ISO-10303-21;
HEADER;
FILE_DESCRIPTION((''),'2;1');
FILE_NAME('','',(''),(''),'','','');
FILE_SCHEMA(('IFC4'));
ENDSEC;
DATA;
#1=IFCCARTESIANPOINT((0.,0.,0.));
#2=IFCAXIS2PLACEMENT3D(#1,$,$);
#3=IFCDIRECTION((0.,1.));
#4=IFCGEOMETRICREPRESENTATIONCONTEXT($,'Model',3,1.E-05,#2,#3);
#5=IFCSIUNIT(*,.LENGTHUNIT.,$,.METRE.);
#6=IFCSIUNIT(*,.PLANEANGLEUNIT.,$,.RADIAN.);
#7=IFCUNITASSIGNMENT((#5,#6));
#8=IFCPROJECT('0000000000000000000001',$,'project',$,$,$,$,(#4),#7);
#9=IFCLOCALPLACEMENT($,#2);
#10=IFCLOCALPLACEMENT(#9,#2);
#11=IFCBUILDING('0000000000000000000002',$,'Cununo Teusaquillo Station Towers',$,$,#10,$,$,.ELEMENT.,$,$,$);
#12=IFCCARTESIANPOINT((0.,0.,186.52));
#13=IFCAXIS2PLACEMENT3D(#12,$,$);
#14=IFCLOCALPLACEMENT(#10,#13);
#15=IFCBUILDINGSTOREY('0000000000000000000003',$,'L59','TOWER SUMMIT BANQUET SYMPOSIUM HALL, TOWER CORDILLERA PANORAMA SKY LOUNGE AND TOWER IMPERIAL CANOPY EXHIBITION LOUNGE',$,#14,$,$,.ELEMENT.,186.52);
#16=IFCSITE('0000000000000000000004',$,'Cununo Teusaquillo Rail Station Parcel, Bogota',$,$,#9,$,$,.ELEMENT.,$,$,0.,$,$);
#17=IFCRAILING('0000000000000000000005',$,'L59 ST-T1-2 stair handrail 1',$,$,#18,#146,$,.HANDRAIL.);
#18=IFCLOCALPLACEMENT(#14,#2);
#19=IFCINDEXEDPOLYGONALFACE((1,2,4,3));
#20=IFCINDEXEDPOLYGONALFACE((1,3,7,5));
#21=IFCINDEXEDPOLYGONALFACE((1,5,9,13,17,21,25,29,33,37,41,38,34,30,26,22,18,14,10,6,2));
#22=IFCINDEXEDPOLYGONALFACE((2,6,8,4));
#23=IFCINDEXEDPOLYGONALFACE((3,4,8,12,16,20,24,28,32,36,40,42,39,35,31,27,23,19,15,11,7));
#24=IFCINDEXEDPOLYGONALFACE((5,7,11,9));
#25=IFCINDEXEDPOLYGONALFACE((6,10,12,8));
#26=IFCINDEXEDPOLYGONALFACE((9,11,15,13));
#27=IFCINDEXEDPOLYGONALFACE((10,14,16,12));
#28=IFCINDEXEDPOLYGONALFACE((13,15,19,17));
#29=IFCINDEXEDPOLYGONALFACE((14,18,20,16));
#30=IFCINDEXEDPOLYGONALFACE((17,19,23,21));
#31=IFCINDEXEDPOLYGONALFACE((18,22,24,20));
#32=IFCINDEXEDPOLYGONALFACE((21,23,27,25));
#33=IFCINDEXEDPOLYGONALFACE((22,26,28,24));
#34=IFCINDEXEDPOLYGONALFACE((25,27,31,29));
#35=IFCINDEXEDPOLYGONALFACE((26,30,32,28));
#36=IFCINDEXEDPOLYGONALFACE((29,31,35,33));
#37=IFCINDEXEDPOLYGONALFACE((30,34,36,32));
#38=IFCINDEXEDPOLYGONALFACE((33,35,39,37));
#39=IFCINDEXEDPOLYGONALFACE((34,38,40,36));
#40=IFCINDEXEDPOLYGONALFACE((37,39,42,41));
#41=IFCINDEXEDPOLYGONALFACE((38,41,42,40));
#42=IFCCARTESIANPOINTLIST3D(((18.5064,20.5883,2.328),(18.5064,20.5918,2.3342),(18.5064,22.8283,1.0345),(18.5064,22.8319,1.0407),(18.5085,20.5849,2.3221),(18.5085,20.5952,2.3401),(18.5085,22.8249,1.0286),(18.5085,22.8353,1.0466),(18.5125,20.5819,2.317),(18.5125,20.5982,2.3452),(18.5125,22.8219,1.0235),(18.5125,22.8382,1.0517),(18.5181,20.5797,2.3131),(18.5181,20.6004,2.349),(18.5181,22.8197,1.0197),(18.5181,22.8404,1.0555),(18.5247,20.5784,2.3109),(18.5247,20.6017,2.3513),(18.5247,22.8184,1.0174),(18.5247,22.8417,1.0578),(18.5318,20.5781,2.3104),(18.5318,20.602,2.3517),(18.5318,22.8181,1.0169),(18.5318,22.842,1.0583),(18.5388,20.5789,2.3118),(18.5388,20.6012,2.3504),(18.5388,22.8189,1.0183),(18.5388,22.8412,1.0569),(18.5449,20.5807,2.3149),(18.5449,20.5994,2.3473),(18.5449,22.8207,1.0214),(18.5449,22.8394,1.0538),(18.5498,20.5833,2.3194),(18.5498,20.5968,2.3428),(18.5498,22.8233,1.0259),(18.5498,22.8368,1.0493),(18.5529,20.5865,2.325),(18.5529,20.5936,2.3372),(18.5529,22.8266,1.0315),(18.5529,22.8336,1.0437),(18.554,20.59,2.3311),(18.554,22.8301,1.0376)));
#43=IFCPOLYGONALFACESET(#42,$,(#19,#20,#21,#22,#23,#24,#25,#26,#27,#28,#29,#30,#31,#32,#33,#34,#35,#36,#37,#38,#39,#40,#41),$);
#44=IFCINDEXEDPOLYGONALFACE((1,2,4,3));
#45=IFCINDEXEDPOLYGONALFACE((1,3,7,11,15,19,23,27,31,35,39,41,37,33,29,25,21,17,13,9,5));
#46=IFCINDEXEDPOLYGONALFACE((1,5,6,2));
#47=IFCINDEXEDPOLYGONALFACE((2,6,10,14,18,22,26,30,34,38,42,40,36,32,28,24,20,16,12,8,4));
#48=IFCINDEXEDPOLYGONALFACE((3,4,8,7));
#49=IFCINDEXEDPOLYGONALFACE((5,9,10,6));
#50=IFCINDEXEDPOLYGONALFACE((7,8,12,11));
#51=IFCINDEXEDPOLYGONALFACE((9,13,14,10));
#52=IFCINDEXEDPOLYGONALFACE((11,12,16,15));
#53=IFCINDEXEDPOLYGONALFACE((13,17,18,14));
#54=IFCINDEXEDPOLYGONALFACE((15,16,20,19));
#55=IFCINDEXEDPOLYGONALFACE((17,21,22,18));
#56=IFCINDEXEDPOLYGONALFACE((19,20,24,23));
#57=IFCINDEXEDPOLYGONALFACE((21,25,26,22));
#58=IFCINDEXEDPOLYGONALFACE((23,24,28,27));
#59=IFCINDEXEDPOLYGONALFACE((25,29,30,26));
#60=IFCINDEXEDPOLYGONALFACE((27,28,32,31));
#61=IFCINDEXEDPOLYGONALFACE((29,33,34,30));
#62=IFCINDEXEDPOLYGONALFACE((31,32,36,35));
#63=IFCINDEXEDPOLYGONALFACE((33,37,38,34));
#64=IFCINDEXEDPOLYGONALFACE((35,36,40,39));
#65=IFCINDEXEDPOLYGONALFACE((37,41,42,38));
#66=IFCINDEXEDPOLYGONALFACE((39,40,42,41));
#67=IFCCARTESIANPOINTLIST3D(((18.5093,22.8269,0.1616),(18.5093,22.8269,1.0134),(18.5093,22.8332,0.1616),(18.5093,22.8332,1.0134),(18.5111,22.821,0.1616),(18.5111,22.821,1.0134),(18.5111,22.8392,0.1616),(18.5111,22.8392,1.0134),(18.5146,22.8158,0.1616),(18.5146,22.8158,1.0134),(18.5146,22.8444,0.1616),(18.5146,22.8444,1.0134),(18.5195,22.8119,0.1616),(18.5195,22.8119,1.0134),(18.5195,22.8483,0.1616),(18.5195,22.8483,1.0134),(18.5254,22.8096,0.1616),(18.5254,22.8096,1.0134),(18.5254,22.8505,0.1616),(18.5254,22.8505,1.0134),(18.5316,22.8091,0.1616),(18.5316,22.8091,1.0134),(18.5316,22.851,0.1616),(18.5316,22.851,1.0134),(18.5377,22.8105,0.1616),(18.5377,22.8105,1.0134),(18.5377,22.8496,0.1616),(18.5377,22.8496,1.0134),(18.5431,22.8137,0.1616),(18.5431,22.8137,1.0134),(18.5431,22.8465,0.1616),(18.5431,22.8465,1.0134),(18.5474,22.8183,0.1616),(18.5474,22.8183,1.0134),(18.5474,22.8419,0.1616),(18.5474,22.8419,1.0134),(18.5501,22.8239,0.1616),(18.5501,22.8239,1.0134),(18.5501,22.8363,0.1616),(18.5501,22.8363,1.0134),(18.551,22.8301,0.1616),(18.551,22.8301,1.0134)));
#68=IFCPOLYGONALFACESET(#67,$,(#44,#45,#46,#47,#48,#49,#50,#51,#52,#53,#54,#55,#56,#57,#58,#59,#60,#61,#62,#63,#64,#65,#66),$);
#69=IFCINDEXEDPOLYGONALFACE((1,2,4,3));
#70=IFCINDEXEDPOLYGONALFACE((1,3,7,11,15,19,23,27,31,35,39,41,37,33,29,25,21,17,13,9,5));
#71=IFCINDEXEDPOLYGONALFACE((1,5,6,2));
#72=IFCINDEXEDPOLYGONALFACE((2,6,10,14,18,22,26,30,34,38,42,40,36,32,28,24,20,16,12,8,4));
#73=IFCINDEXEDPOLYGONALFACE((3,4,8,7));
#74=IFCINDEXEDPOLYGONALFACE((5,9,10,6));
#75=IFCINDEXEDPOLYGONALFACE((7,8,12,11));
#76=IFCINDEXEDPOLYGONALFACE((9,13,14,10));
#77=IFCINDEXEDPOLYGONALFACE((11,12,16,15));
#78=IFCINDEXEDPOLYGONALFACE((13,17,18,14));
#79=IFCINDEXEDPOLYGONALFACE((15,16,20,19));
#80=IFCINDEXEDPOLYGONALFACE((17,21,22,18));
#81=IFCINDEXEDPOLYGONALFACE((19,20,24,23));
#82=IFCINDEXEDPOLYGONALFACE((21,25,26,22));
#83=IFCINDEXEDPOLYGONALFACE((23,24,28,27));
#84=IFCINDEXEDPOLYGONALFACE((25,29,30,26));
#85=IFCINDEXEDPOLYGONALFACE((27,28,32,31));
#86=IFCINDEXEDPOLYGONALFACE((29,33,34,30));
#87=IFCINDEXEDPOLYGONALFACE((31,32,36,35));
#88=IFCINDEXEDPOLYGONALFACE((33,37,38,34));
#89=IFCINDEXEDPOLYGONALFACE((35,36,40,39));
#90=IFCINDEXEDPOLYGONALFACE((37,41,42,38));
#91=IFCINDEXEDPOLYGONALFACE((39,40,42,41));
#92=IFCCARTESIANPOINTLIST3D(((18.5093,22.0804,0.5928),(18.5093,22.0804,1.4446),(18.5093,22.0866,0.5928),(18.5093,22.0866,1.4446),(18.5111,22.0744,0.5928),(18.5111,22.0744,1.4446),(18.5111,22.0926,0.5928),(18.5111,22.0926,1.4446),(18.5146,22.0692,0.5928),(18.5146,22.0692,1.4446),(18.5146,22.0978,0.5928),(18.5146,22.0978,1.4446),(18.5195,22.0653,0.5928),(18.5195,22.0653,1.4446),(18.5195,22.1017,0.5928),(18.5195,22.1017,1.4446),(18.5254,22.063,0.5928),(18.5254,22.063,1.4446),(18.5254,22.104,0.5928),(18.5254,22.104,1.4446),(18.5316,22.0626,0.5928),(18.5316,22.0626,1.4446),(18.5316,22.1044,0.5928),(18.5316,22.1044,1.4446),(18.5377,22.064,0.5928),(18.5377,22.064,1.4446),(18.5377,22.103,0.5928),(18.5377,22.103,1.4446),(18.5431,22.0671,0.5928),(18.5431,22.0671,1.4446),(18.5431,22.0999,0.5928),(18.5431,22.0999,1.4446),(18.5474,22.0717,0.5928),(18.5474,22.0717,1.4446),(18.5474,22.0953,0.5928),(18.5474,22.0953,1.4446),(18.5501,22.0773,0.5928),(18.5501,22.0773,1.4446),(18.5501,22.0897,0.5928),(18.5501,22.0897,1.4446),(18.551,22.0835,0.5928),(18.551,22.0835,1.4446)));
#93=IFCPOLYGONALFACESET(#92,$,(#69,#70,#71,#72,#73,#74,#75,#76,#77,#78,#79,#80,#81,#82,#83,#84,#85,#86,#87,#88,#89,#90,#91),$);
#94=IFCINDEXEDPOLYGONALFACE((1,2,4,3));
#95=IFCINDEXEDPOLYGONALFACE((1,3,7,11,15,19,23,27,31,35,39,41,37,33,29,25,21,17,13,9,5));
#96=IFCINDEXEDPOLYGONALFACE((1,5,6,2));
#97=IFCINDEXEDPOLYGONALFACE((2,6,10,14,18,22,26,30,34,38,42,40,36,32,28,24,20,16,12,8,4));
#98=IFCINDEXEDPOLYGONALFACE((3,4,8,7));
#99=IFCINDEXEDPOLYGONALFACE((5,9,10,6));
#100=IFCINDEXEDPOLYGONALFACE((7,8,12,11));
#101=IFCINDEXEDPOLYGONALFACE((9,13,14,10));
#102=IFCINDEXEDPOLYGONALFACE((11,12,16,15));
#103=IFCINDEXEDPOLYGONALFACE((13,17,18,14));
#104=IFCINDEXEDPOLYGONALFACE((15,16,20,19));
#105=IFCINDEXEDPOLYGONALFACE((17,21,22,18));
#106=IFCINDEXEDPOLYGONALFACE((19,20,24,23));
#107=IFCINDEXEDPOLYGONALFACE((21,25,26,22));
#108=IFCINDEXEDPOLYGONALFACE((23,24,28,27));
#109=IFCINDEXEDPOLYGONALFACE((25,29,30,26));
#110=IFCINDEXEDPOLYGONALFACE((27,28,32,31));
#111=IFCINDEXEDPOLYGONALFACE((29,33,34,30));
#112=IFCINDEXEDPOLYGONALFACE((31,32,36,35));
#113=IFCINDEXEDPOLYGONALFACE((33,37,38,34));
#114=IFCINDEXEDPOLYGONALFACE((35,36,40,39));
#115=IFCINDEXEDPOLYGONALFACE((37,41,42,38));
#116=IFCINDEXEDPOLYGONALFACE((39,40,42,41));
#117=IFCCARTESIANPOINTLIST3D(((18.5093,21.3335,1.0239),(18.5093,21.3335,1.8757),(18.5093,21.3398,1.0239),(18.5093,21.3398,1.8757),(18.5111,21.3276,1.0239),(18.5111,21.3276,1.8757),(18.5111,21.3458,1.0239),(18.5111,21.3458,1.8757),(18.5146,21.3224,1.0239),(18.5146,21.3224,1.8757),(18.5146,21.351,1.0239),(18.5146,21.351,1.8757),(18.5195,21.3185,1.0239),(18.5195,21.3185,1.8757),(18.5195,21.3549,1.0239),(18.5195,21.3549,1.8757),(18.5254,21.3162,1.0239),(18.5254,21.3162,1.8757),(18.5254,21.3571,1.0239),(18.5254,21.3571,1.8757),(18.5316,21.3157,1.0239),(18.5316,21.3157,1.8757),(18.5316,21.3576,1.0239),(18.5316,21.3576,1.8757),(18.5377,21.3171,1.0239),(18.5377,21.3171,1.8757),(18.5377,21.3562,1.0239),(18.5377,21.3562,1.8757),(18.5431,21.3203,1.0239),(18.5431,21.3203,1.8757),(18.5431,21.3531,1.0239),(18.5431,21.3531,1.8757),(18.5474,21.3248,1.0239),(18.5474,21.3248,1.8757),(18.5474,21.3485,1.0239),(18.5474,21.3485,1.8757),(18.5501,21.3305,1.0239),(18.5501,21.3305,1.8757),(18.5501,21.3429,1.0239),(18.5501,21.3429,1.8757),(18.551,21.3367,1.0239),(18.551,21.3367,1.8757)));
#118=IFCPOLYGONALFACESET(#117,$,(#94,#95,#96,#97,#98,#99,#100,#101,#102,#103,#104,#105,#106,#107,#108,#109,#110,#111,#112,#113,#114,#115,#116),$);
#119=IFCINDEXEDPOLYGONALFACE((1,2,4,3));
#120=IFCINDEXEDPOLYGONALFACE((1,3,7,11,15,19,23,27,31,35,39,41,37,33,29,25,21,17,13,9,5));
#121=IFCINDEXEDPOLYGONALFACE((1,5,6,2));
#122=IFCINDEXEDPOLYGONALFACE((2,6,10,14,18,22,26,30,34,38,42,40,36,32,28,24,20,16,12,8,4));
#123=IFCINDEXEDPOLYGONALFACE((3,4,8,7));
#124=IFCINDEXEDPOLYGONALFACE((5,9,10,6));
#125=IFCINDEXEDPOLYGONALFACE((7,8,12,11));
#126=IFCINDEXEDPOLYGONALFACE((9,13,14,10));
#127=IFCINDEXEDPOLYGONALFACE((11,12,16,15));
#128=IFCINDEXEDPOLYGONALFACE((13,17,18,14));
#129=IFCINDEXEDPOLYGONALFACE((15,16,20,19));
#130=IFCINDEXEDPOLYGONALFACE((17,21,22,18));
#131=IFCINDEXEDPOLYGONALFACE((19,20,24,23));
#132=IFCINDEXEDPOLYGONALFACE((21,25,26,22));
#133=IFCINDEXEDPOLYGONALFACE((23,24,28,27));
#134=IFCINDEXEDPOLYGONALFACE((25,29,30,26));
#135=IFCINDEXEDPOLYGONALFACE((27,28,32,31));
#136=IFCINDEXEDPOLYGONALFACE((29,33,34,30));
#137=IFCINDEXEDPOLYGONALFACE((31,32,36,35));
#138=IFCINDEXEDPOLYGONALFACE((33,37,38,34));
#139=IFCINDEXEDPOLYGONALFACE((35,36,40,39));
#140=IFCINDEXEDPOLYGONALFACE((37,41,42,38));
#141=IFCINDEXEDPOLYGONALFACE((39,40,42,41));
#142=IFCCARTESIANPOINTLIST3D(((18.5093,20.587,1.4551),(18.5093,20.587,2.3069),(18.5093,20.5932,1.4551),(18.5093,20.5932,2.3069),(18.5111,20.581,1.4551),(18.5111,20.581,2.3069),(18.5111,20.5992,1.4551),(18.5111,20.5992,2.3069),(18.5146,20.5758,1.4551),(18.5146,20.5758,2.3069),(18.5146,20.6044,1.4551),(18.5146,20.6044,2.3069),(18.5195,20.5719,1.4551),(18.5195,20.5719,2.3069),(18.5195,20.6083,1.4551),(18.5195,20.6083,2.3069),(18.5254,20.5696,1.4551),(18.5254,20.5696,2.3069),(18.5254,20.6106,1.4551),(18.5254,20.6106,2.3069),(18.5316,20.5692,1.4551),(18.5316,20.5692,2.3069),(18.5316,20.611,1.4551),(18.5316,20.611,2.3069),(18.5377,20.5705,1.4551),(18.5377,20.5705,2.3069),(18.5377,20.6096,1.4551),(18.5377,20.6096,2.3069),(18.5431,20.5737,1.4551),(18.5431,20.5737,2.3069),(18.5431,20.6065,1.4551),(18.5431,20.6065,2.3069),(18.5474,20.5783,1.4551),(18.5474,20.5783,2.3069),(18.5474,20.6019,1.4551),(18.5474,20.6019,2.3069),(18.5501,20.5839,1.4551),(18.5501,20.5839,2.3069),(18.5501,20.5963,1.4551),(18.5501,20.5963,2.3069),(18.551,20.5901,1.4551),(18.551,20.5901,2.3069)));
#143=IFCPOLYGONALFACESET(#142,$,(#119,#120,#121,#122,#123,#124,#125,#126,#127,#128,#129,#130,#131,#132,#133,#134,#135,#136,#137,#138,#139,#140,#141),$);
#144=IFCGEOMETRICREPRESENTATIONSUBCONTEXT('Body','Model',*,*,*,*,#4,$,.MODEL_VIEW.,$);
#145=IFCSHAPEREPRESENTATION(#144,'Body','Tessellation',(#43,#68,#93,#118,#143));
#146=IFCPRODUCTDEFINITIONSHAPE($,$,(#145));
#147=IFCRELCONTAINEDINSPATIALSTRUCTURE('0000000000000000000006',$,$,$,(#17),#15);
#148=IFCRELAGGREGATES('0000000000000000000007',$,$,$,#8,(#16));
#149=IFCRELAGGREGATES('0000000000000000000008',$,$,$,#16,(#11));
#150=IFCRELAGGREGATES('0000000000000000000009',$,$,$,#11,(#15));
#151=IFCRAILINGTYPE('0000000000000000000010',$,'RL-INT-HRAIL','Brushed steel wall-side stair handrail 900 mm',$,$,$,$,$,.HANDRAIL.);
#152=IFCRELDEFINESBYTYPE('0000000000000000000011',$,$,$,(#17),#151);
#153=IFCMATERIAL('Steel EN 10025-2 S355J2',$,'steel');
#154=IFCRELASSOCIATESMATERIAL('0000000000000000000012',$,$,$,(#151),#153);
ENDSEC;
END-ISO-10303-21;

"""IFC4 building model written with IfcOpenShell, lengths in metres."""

from ifc_helpers import new_model, si_unit, direction, frame, origin, origin_2d, place, context, subcontext, project, spatial, circle, extrude, material, type_object, element, save


model = new_model("IFC4")

# Units and contexts
model_context = context("Model", 3, precision=1e-05, world=origin(), true_north=direction((0.0, 1.0)))
body_context = subcontext(model_context, "Body", "Model", "MODEL_VIEW")
ifc_project = project(units=[si_unit("LENGTHUNIT", "METRE"), si_unit("PLANEANGLEUNIT", "RADIAN")], contexts=[model_context])

# Site, building, storey
site_placement = place(None, origin())
site = spatial("IfcSite", under=ifc_project, at=site_placement, Name="Cununo Teusaquillo Rail Station Parcel, Bogota", CompositionType="ELEMENT", RefElevation=0.0)
building_placement = place(site_placement, origin())
building = spatial("IfcBuilding", under=site, at=building_placement, Name="Cununo Teusaquillo Station Towers", CompositionType="ELEMENT")
storey_placement = place(building_placement, frame((0.0, 0.0, 186.52)))
storey = spatial("IfcBuildingStorey", under=building, at=storey_placement, Name="L59", Description="TOWER SUMMIT BANQUET SYMPOSIUM HALL, TOWER CORDILLERA PANORAMA SKY LOUNGE AND TOWER IMPERIAL CANOPY EXHIBITION LOUNGE", CompositionType="ELEMENT", Elevation=186.52)

# Railing
ifc_material_1 = material(Name="Steel EN 10025-2 S355J2", Category="steel")
railing_type_1 = type_object("IfcRailingType", Name="RL-INT-HRAIL", Description="Brushed steel wall-side stair handrail 900 mm", PredefinedType="HANDRAIL", material=ifc_material_1)
railing_1_placement = place(storey_placement, frame((18.53, 22.8301, 0.1616)))
element("IfcRailing", 1, at=railing_1_placement, inside=storey, type_object=railing_type_1, Name="L59 ST-T1-2 stair handrail 1", PredefinedType="HANDRAIL", context=body_context, shape_type="SweptSolid", body=[
    extrude(circle(Radius=0.0239, at=origin_2d()), frame((0.0, 0.0, 0.876), z_axis=(0.0, -0.865992, 0.500057), x_axis=(1.0, 0.0, 0.0)), (0.0, 0.0, 1.0), 2.5867),
    extrude(circle(Radius=0.021, at=origin_2d()), origin(), (0.0, 0.0, 1.0), 0.8518),
    extrude(circle(Radius=0.021, at=origin_2d()), frame((0.0, -0.7466, 0.4312)), (0.0, 0.0, 1.0), 0.8518),
    extrude(circle(Radius=0.021, at=origin_2d()), frame((0.0, -1.4934, 0.8623)), (0.0, 0.0, 1.0), 0.8518),
    extrude(circle(Radius=0.021, at=origin_2d()), frame((0.0, -2.24, 1.2935)), (0.0, 0.0, 1.0), 0.8518),
])

save(model, "model.ifc")
